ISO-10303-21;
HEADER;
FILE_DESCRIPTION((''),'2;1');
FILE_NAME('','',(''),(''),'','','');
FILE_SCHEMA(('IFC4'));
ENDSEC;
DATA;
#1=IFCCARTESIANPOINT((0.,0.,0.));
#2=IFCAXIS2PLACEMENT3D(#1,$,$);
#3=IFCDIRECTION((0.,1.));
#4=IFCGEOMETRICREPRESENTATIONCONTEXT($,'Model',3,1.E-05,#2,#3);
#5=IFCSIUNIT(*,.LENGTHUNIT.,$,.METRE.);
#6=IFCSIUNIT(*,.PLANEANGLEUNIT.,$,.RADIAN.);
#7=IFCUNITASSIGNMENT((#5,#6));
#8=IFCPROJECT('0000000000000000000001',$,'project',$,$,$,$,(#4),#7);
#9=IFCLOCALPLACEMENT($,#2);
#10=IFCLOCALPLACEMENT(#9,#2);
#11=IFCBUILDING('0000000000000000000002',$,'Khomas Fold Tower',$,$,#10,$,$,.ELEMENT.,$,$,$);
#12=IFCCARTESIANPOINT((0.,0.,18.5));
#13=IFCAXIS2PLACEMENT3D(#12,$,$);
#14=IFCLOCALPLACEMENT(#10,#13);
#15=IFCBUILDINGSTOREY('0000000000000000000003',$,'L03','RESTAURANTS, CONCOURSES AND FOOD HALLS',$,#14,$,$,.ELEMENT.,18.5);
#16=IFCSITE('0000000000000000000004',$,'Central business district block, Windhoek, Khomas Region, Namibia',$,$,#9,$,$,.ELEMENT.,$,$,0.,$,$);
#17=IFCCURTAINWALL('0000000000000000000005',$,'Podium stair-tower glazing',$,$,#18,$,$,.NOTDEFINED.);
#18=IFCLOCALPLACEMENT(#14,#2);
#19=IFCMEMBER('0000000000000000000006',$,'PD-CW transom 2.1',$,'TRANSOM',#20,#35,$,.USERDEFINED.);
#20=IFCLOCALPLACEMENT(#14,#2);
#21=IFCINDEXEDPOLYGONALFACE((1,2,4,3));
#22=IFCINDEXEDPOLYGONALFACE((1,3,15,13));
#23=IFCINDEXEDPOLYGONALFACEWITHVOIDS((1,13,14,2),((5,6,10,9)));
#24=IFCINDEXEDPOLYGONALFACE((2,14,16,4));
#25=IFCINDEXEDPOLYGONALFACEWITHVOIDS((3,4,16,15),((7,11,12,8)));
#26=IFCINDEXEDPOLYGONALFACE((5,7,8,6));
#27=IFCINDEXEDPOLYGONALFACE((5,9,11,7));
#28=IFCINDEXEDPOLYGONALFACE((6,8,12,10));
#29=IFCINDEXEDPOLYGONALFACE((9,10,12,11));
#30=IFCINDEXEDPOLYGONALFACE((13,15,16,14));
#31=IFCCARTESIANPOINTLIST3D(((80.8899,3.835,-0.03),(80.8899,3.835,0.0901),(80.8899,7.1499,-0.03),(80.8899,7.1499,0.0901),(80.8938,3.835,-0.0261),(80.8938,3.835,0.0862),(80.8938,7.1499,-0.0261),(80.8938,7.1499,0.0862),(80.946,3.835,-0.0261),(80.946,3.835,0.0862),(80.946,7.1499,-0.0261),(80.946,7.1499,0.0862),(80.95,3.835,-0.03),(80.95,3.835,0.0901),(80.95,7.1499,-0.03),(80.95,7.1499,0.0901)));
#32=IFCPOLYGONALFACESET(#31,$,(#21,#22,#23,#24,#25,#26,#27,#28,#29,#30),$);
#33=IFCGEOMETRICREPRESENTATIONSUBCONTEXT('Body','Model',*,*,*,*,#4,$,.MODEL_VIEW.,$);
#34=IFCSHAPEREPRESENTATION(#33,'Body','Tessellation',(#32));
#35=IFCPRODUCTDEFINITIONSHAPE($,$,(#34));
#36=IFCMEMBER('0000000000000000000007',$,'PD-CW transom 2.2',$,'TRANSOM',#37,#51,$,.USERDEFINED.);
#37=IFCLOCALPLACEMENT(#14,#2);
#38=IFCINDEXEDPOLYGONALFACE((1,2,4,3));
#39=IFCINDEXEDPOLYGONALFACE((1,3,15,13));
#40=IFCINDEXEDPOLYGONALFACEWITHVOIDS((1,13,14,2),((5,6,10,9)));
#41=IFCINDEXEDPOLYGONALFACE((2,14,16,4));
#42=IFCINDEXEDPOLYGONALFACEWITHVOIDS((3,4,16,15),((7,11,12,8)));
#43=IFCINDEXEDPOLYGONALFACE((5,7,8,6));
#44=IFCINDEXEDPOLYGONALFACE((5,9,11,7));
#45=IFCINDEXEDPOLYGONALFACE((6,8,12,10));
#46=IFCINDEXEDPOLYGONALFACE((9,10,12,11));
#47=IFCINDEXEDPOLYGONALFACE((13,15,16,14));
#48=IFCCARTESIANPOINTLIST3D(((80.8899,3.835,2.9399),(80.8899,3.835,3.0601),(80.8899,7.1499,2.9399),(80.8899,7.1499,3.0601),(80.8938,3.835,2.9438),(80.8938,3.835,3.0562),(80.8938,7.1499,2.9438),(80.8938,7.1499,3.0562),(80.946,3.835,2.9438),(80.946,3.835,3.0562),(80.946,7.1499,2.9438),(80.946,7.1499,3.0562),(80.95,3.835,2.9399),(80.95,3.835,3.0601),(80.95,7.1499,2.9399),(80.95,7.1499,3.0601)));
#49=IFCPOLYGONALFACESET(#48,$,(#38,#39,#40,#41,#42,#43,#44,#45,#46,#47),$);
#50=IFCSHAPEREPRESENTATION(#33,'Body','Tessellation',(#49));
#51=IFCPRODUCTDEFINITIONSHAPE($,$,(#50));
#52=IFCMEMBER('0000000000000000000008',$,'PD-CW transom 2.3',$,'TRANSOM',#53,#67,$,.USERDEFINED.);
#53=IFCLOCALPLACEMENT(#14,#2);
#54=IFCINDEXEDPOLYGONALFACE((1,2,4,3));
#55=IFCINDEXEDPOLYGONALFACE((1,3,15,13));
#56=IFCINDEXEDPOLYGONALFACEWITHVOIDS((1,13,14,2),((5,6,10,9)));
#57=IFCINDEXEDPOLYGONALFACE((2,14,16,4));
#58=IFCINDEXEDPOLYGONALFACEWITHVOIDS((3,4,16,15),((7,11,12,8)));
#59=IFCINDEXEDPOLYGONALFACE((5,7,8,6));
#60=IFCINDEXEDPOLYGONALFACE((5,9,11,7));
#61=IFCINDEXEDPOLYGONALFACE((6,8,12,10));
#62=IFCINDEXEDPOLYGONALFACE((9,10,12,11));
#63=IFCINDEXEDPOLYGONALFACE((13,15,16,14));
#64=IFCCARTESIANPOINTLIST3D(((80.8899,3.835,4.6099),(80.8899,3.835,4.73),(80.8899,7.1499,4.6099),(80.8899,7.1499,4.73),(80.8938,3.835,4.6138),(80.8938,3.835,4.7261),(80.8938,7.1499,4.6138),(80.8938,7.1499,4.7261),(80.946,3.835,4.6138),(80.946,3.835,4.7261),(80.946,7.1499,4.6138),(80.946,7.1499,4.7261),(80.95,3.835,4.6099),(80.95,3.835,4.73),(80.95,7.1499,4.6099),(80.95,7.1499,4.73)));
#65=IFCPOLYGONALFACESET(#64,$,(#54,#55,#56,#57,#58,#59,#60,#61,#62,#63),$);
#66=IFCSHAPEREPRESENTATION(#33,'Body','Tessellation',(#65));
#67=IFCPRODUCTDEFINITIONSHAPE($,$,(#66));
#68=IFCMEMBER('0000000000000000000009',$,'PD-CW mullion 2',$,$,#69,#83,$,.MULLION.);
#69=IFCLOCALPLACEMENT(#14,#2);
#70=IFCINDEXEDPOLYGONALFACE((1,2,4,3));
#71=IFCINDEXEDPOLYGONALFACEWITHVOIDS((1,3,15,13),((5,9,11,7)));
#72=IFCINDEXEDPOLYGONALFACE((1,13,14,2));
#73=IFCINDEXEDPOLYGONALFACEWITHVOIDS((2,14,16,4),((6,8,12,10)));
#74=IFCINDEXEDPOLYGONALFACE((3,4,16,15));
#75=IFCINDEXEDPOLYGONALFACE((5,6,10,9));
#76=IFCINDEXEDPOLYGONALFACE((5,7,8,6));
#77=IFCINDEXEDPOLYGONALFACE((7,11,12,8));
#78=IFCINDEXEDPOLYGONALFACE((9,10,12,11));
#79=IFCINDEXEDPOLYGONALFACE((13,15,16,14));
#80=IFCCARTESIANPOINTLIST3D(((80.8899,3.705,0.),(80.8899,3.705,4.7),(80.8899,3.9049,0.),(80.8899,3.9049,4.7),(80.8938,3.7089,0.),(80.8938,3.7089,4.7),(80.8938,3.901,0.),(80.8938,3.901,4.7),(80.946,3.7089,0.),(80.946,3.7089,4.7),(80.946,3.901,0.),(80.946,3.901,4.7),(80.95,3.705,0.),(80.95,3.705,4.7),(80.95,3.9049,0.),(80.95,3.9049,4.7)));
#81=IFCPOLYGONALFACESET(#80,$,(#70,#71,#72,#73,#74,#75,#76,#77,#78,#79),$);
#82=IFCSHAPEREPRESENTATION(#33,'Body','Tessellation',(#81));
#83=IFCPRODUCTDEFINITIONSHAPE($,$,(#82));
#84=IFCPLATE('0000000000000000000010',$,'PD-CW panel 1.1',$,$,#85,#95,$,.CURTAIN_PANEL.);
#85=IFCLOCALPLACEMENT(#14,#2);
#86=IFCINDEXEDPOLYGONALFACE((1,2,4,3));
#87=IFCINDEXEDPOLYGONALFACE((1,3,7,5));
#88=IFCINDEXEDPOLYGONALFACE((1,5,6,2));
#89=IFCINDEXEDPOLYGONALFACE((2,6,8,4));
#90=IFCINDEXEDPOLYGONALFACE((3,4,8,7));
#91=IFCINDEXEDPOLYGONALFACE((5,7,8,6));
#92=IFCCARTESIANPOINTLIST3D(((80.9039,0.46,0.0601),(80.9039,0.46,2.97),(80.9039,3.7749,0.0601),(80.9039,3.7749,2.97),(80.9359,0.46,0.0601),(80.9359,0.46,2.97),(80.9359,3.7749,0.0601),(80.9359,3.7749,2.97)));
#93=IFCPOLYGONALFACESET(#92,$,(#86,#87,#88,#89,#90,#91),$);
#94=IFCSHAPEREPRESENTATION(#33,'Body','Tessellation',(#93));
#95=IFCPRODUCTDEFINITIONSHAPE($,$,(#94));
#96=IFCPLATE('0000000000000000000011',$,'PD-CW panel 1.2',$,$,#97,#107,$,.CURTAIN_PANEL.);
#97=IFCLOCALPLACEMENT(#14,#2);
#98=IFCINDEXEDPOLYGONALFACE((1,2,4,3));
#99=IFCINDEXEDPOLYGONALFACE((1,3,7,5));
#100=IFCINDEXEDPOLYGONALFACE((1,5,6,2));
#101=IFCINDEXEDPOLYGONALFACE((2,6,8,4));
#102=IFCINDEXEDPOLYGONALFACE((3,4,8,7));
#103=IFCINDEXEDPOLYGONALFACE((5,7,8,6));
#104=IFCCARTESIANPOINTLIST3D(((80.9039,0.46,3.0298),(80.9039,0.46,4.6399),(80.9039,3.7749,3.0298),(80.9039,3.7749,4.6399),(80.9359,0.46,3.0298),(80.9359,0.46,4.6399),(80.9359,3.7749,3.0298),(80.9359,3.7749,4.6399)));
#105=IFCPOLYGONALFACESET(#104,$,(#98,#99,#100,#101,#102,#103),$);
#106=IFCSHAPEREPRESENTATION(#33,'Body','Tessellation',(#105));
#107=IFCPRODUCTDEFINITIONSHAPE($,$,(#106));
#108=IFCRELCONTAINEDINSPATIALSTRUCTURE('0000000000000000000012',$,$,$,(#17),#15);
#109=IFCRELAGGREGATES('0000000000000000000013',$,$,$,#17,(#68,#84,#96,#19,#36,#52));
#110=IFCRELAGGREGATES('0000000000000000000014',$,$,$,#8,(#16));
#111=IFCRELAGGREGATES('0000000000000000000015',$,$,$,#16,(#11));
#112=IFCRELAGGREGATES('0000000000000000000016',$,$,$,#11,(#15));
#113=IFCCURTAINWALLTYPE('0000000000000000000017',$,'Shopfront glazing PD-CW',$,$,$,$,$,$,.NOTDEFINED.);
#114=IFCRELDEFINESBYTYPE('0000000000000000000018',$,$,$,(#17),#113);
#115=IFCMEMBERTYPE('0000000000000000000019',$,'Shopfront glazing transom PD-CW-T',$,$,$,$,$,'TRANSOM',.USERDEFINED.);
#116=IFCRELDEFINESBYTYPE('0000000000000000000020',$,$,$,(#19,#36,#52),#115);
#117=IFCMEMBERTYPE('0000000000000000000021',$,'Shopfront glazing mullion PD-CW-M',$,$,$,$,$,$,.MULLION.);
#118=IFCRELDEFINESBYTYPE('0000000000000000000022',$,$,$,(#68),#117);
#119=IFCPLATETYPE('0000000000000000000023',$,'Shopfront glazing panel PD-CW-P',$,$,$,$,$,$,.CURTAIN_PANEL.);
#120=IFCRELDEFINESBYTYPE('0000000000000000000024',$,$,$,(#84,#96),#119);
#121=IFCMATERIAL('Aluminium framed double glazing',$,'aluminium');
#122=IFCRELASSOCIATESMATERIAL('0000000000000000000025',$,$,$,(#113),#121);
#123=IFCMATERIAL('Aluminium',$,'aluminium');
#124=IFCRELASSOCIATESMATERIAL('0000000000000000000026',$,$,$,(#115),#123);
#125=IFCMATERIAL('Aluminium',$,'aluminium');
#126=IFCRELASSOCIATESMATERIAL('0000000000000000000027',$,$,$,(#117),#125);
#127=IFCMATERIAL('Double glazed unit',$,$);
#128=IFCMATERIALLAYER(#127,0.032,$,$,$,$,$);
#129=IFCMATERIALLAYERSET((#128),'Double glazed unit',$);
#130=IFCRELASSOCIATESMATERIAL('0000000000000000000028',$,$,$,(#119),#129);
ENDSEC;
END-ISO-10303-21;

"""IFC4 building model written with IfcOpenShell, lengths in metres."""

from ifc_helpers import new_model, si_unit, direction, frame, origin, origin_2d, place, context, subcontext, project, spatial, rectangle, hollow_rectangle, extrude, source, transform, mapped, material, layer, layer_set, material_profile, profile_set, type_object, element, aggregate, save


model = new_model("IFC4")

# Units and contexts
model_context = context("Model", 3, precision=1e-05, world=origin(), true_north=direction((0.0, 1.0)))
body_context = subcontext(model_context, "Body", "Model", "MODEL_VIEW")
ifc_project = project(units=[si_unit("LENGTHUNIT", "METRE"), si_unit("PLANEANGLEUNIT", "RADIAN")], contexts=[model_context])

# Site, building, storey
site_placement = place(None, origin())
site = spatial("IfcSite", under=ifc_project, at=site_placement, Name="Central business district block, Windhoek, Khomas Region, Namibia", CompositionType="ELEMENT", RefElevation=0.0)
building_placement = place(site_placement, origin())
building = spatial("IfcBuilding", under=site, at=building_placement, Name="Khomas Fold Tower", CompositionType="ELEMENT")
storey_placement = place(building_placement, frame((0.0, 0.0, 18.5)))
storey = spatial("IfcBuildingStorey", under=building, at=storey_placement, Name="L03", Description="RESTAURANTS, CONCOURSES AND FOOD HALLS", CompositionType="ELEMENT", Elevation=18.5)

# Curtain wall, members, plates
ifc_material_1 = material(Name="Aluminium framed double glazing", Category="aluminium")
curtain_wall_type = type_object("IfcCurtainWallType", Name="Shopfront glazing PD-CW", PredefinedType="NOTDEFINED", material=ifc_material_1)
curtain_wall_placement = place(storey_placement, origin())
curtain_wall = element("IfcCurtainWall", 1, at=curtain_wall_placement, inside=storey, type_object=curtain_wall_type, Name="Podium stair-tower glazing", PredefinedType="NOTDEFINED")
ifc_material_2 = material(Name="Aluminium", Category="aluminium")
ifc_material_profile_1 = material_profile(ifc_material_2, hollow_rectangle(XDim=0.0601, YDim=0.1201, WallThickness=0.0039, at=origin_2d()), Name="Shopfront glazing transom PD-CW-T")
ifc_profile_set_1 = profile_set([ifc_material_profile_1], Name="Aluminium")
member_type_1 = type_object("IfcMemberType", Name="Shopfront glazing transom PD-CW-T", ElementType="TRANSOM", PredefinedType="USERDEFINED", material=ifc_profile_set_1)
shared_shape_1 = source(origin(), body_context, "Body", "SweptSolid", [
    extrude(hollow_rectangle(XDim=0.0601, YDim=0.1201, WallThickness=0.0039, at=origin_2d()), origin(), (0.0, 0.0, 1.0), 3.3149),
])
member_1_placement = place(storey_placement, frame((80.9199, 3.835, 0.03), z_axis=(0.0, 1.0, 0.0), x_axis=(-1.0, 0.0, 0.0)))
member_1 = element("IfcMember", 2, at=member_1_placement, type_object=member_type_1, Name="PD-CW transom 2.1", ObjectType="TRANSOM", PredefinedType="USERDEFINED", context=body_context, shape_type="MappedRepresentation", body=[
    mapped(shared_shape_1, transform((0.0, 0.0, 0.0))),
])
member_2_placement = place(storey_placement, frame((80.9199, 3.835, 3.0), z_axis=(0.0, 1.0, 0.0), x_axis=(-1.0, 0.0, 0.0)))
member_2 = element("IfcMember", 3, at=member_2_placement, type_object=member_type_1, Name="PD-CW transom 2.2", ObjectType="TRANSOM", PredefinedType="USERDEFINED", context=body_context, shape_type="MappedRepresentation", body=[
    mapped(shared_shape_1, transform((0.0, 0.0, 0.0))),
])
member_3_placement = place(storey_placement, frame((80.9199, 3.835, 4.6699), z_axis=(0.0, 1.0, 0.0), x_axis=(-1.0, 0.0, 0.0)))
member_3 = element("IfcMember", 4, at=member_3_placement, type_object=member_type_1, Name="PD-CW transom 2.3", ObjectType="TRANSOM", PredefinedType="USERDEFINED", context=body_context, shape_type="MappedRepresentation", body=[
    mapped(shared_shape_1, transform((0.0, 0.0, 0.0))),
])
ifc_material_3 = material(Name="Aluminium", Category="aluminium")
ifc_material_profile_2 = material_profile(ifc_material_3, hollow_rectangle(XDim=0.0601, YDim=0.2, WallThickness=0.0039, at=origin_2d()), Name="Shopfront glazing mullion PD-CW-M")
ifc_profile_set_2 = profile_set([ifc_material_profile_2], Name="Aluminium")
member_type_2 = type_object("IfcMemberType", Name="Shopfront glazing mullion PD-CW-M", PredefinedType="MULLION", material=ifc_profile_set_2)
shared_shape_2 = source(origin(), body_context, "Body", "SweptSolid", [
    extrude(hollow_rectangle(XDim=0.0601, YDim=0.2, WallThickness=0.0039, at=origin_2d()), origin(), (0.0, 0.0, 1.0), 4.7),
])
member_4_placement = place(storey_placement, frame((80.9199, 3.8049, 0.0), z_axis=(0.0, 0.0, 1.0), x_axis=(-1.0, 0.0, 0.0)))
member_4 = element("IfcMember", 5, at=member_4_placement, type_object=member_type_2, Name="PD-CW mullion 2", PredefinedType="MULLION", context=body_context, shape_type="MappedRepresentation", body=[
    mapped(shared_shape_2, transform((0.0, 0.0, 0.0))),
])
ifc_material_4 = material(Name="Double glazed unit")
ifc_layer = layer(ifc_material_4, 0.032)
ifc_layer_set = layer_set([ifc_layer], Name="Double glazed unit")
plate_type = type_object("IfcPlateType", Name="Shopfront glazing panel PD-CW-P", PredefinedType="CURTAIN_PANEL", material=ifc_layer_set)
shared_shape_3 = source(origin(), body_context, "Body", "SweptSolid", [
    extrude(rectangle(XDim=3.3149, YDim=0.032, at=origin_2d()), origin(), (0.0, 0.0, 1.0), 2.9099),
])
plate_1_placement = place(storey_placement, frame((80.9199, 2.1174, 0.0601), z_axis=(0.0, 0.0, 1.0), x_axis=(0.0, 1.0, 0.0)))
plate_1 = element("IfcPlate", 6, at=plate_1_placement, type_object=plate_type, Name="PD-CW panel 1.1", PredefinedType="CURTAIN_PANEL", context=body_context, shape_type="MappedRepresentation", body=[
    mapped(shared_shape_3, transform((0.0, 0.0, 0.0))),
])
shared_shape_4 = source(origin(), body_context, "Body", "SweptSolid", [
    extrude(rectangle(XDim=3.3149, YDim=0.032, at=origin_2d()), origin(), (0.0, 0.0, 1.0), 1.6101),
])
plate_2_placement = place(storey_placement, frame((80.9199, 2.1174, 3.0298), z_axis=(0.0, 0.0, 1.0), x_axis=(0.0, 1.0, 0.0)))
plate_2 = element("IfcPlate", 7, at=plate_2_placement, type_object=plate_type, Name="PD-CW panel 1.2", PredefinedType="CURTAIN_PANEL", context=body_context, shape_type="MappedRepresentation", body=[
    mapped(shared_shape_4, transform((0.0, 0.0, 0.0))),
])
aggregate(curtain_wall, [member_4, plate_1, plate_2, member_1, member_2, member_3])

save(model, "model.ifc")
